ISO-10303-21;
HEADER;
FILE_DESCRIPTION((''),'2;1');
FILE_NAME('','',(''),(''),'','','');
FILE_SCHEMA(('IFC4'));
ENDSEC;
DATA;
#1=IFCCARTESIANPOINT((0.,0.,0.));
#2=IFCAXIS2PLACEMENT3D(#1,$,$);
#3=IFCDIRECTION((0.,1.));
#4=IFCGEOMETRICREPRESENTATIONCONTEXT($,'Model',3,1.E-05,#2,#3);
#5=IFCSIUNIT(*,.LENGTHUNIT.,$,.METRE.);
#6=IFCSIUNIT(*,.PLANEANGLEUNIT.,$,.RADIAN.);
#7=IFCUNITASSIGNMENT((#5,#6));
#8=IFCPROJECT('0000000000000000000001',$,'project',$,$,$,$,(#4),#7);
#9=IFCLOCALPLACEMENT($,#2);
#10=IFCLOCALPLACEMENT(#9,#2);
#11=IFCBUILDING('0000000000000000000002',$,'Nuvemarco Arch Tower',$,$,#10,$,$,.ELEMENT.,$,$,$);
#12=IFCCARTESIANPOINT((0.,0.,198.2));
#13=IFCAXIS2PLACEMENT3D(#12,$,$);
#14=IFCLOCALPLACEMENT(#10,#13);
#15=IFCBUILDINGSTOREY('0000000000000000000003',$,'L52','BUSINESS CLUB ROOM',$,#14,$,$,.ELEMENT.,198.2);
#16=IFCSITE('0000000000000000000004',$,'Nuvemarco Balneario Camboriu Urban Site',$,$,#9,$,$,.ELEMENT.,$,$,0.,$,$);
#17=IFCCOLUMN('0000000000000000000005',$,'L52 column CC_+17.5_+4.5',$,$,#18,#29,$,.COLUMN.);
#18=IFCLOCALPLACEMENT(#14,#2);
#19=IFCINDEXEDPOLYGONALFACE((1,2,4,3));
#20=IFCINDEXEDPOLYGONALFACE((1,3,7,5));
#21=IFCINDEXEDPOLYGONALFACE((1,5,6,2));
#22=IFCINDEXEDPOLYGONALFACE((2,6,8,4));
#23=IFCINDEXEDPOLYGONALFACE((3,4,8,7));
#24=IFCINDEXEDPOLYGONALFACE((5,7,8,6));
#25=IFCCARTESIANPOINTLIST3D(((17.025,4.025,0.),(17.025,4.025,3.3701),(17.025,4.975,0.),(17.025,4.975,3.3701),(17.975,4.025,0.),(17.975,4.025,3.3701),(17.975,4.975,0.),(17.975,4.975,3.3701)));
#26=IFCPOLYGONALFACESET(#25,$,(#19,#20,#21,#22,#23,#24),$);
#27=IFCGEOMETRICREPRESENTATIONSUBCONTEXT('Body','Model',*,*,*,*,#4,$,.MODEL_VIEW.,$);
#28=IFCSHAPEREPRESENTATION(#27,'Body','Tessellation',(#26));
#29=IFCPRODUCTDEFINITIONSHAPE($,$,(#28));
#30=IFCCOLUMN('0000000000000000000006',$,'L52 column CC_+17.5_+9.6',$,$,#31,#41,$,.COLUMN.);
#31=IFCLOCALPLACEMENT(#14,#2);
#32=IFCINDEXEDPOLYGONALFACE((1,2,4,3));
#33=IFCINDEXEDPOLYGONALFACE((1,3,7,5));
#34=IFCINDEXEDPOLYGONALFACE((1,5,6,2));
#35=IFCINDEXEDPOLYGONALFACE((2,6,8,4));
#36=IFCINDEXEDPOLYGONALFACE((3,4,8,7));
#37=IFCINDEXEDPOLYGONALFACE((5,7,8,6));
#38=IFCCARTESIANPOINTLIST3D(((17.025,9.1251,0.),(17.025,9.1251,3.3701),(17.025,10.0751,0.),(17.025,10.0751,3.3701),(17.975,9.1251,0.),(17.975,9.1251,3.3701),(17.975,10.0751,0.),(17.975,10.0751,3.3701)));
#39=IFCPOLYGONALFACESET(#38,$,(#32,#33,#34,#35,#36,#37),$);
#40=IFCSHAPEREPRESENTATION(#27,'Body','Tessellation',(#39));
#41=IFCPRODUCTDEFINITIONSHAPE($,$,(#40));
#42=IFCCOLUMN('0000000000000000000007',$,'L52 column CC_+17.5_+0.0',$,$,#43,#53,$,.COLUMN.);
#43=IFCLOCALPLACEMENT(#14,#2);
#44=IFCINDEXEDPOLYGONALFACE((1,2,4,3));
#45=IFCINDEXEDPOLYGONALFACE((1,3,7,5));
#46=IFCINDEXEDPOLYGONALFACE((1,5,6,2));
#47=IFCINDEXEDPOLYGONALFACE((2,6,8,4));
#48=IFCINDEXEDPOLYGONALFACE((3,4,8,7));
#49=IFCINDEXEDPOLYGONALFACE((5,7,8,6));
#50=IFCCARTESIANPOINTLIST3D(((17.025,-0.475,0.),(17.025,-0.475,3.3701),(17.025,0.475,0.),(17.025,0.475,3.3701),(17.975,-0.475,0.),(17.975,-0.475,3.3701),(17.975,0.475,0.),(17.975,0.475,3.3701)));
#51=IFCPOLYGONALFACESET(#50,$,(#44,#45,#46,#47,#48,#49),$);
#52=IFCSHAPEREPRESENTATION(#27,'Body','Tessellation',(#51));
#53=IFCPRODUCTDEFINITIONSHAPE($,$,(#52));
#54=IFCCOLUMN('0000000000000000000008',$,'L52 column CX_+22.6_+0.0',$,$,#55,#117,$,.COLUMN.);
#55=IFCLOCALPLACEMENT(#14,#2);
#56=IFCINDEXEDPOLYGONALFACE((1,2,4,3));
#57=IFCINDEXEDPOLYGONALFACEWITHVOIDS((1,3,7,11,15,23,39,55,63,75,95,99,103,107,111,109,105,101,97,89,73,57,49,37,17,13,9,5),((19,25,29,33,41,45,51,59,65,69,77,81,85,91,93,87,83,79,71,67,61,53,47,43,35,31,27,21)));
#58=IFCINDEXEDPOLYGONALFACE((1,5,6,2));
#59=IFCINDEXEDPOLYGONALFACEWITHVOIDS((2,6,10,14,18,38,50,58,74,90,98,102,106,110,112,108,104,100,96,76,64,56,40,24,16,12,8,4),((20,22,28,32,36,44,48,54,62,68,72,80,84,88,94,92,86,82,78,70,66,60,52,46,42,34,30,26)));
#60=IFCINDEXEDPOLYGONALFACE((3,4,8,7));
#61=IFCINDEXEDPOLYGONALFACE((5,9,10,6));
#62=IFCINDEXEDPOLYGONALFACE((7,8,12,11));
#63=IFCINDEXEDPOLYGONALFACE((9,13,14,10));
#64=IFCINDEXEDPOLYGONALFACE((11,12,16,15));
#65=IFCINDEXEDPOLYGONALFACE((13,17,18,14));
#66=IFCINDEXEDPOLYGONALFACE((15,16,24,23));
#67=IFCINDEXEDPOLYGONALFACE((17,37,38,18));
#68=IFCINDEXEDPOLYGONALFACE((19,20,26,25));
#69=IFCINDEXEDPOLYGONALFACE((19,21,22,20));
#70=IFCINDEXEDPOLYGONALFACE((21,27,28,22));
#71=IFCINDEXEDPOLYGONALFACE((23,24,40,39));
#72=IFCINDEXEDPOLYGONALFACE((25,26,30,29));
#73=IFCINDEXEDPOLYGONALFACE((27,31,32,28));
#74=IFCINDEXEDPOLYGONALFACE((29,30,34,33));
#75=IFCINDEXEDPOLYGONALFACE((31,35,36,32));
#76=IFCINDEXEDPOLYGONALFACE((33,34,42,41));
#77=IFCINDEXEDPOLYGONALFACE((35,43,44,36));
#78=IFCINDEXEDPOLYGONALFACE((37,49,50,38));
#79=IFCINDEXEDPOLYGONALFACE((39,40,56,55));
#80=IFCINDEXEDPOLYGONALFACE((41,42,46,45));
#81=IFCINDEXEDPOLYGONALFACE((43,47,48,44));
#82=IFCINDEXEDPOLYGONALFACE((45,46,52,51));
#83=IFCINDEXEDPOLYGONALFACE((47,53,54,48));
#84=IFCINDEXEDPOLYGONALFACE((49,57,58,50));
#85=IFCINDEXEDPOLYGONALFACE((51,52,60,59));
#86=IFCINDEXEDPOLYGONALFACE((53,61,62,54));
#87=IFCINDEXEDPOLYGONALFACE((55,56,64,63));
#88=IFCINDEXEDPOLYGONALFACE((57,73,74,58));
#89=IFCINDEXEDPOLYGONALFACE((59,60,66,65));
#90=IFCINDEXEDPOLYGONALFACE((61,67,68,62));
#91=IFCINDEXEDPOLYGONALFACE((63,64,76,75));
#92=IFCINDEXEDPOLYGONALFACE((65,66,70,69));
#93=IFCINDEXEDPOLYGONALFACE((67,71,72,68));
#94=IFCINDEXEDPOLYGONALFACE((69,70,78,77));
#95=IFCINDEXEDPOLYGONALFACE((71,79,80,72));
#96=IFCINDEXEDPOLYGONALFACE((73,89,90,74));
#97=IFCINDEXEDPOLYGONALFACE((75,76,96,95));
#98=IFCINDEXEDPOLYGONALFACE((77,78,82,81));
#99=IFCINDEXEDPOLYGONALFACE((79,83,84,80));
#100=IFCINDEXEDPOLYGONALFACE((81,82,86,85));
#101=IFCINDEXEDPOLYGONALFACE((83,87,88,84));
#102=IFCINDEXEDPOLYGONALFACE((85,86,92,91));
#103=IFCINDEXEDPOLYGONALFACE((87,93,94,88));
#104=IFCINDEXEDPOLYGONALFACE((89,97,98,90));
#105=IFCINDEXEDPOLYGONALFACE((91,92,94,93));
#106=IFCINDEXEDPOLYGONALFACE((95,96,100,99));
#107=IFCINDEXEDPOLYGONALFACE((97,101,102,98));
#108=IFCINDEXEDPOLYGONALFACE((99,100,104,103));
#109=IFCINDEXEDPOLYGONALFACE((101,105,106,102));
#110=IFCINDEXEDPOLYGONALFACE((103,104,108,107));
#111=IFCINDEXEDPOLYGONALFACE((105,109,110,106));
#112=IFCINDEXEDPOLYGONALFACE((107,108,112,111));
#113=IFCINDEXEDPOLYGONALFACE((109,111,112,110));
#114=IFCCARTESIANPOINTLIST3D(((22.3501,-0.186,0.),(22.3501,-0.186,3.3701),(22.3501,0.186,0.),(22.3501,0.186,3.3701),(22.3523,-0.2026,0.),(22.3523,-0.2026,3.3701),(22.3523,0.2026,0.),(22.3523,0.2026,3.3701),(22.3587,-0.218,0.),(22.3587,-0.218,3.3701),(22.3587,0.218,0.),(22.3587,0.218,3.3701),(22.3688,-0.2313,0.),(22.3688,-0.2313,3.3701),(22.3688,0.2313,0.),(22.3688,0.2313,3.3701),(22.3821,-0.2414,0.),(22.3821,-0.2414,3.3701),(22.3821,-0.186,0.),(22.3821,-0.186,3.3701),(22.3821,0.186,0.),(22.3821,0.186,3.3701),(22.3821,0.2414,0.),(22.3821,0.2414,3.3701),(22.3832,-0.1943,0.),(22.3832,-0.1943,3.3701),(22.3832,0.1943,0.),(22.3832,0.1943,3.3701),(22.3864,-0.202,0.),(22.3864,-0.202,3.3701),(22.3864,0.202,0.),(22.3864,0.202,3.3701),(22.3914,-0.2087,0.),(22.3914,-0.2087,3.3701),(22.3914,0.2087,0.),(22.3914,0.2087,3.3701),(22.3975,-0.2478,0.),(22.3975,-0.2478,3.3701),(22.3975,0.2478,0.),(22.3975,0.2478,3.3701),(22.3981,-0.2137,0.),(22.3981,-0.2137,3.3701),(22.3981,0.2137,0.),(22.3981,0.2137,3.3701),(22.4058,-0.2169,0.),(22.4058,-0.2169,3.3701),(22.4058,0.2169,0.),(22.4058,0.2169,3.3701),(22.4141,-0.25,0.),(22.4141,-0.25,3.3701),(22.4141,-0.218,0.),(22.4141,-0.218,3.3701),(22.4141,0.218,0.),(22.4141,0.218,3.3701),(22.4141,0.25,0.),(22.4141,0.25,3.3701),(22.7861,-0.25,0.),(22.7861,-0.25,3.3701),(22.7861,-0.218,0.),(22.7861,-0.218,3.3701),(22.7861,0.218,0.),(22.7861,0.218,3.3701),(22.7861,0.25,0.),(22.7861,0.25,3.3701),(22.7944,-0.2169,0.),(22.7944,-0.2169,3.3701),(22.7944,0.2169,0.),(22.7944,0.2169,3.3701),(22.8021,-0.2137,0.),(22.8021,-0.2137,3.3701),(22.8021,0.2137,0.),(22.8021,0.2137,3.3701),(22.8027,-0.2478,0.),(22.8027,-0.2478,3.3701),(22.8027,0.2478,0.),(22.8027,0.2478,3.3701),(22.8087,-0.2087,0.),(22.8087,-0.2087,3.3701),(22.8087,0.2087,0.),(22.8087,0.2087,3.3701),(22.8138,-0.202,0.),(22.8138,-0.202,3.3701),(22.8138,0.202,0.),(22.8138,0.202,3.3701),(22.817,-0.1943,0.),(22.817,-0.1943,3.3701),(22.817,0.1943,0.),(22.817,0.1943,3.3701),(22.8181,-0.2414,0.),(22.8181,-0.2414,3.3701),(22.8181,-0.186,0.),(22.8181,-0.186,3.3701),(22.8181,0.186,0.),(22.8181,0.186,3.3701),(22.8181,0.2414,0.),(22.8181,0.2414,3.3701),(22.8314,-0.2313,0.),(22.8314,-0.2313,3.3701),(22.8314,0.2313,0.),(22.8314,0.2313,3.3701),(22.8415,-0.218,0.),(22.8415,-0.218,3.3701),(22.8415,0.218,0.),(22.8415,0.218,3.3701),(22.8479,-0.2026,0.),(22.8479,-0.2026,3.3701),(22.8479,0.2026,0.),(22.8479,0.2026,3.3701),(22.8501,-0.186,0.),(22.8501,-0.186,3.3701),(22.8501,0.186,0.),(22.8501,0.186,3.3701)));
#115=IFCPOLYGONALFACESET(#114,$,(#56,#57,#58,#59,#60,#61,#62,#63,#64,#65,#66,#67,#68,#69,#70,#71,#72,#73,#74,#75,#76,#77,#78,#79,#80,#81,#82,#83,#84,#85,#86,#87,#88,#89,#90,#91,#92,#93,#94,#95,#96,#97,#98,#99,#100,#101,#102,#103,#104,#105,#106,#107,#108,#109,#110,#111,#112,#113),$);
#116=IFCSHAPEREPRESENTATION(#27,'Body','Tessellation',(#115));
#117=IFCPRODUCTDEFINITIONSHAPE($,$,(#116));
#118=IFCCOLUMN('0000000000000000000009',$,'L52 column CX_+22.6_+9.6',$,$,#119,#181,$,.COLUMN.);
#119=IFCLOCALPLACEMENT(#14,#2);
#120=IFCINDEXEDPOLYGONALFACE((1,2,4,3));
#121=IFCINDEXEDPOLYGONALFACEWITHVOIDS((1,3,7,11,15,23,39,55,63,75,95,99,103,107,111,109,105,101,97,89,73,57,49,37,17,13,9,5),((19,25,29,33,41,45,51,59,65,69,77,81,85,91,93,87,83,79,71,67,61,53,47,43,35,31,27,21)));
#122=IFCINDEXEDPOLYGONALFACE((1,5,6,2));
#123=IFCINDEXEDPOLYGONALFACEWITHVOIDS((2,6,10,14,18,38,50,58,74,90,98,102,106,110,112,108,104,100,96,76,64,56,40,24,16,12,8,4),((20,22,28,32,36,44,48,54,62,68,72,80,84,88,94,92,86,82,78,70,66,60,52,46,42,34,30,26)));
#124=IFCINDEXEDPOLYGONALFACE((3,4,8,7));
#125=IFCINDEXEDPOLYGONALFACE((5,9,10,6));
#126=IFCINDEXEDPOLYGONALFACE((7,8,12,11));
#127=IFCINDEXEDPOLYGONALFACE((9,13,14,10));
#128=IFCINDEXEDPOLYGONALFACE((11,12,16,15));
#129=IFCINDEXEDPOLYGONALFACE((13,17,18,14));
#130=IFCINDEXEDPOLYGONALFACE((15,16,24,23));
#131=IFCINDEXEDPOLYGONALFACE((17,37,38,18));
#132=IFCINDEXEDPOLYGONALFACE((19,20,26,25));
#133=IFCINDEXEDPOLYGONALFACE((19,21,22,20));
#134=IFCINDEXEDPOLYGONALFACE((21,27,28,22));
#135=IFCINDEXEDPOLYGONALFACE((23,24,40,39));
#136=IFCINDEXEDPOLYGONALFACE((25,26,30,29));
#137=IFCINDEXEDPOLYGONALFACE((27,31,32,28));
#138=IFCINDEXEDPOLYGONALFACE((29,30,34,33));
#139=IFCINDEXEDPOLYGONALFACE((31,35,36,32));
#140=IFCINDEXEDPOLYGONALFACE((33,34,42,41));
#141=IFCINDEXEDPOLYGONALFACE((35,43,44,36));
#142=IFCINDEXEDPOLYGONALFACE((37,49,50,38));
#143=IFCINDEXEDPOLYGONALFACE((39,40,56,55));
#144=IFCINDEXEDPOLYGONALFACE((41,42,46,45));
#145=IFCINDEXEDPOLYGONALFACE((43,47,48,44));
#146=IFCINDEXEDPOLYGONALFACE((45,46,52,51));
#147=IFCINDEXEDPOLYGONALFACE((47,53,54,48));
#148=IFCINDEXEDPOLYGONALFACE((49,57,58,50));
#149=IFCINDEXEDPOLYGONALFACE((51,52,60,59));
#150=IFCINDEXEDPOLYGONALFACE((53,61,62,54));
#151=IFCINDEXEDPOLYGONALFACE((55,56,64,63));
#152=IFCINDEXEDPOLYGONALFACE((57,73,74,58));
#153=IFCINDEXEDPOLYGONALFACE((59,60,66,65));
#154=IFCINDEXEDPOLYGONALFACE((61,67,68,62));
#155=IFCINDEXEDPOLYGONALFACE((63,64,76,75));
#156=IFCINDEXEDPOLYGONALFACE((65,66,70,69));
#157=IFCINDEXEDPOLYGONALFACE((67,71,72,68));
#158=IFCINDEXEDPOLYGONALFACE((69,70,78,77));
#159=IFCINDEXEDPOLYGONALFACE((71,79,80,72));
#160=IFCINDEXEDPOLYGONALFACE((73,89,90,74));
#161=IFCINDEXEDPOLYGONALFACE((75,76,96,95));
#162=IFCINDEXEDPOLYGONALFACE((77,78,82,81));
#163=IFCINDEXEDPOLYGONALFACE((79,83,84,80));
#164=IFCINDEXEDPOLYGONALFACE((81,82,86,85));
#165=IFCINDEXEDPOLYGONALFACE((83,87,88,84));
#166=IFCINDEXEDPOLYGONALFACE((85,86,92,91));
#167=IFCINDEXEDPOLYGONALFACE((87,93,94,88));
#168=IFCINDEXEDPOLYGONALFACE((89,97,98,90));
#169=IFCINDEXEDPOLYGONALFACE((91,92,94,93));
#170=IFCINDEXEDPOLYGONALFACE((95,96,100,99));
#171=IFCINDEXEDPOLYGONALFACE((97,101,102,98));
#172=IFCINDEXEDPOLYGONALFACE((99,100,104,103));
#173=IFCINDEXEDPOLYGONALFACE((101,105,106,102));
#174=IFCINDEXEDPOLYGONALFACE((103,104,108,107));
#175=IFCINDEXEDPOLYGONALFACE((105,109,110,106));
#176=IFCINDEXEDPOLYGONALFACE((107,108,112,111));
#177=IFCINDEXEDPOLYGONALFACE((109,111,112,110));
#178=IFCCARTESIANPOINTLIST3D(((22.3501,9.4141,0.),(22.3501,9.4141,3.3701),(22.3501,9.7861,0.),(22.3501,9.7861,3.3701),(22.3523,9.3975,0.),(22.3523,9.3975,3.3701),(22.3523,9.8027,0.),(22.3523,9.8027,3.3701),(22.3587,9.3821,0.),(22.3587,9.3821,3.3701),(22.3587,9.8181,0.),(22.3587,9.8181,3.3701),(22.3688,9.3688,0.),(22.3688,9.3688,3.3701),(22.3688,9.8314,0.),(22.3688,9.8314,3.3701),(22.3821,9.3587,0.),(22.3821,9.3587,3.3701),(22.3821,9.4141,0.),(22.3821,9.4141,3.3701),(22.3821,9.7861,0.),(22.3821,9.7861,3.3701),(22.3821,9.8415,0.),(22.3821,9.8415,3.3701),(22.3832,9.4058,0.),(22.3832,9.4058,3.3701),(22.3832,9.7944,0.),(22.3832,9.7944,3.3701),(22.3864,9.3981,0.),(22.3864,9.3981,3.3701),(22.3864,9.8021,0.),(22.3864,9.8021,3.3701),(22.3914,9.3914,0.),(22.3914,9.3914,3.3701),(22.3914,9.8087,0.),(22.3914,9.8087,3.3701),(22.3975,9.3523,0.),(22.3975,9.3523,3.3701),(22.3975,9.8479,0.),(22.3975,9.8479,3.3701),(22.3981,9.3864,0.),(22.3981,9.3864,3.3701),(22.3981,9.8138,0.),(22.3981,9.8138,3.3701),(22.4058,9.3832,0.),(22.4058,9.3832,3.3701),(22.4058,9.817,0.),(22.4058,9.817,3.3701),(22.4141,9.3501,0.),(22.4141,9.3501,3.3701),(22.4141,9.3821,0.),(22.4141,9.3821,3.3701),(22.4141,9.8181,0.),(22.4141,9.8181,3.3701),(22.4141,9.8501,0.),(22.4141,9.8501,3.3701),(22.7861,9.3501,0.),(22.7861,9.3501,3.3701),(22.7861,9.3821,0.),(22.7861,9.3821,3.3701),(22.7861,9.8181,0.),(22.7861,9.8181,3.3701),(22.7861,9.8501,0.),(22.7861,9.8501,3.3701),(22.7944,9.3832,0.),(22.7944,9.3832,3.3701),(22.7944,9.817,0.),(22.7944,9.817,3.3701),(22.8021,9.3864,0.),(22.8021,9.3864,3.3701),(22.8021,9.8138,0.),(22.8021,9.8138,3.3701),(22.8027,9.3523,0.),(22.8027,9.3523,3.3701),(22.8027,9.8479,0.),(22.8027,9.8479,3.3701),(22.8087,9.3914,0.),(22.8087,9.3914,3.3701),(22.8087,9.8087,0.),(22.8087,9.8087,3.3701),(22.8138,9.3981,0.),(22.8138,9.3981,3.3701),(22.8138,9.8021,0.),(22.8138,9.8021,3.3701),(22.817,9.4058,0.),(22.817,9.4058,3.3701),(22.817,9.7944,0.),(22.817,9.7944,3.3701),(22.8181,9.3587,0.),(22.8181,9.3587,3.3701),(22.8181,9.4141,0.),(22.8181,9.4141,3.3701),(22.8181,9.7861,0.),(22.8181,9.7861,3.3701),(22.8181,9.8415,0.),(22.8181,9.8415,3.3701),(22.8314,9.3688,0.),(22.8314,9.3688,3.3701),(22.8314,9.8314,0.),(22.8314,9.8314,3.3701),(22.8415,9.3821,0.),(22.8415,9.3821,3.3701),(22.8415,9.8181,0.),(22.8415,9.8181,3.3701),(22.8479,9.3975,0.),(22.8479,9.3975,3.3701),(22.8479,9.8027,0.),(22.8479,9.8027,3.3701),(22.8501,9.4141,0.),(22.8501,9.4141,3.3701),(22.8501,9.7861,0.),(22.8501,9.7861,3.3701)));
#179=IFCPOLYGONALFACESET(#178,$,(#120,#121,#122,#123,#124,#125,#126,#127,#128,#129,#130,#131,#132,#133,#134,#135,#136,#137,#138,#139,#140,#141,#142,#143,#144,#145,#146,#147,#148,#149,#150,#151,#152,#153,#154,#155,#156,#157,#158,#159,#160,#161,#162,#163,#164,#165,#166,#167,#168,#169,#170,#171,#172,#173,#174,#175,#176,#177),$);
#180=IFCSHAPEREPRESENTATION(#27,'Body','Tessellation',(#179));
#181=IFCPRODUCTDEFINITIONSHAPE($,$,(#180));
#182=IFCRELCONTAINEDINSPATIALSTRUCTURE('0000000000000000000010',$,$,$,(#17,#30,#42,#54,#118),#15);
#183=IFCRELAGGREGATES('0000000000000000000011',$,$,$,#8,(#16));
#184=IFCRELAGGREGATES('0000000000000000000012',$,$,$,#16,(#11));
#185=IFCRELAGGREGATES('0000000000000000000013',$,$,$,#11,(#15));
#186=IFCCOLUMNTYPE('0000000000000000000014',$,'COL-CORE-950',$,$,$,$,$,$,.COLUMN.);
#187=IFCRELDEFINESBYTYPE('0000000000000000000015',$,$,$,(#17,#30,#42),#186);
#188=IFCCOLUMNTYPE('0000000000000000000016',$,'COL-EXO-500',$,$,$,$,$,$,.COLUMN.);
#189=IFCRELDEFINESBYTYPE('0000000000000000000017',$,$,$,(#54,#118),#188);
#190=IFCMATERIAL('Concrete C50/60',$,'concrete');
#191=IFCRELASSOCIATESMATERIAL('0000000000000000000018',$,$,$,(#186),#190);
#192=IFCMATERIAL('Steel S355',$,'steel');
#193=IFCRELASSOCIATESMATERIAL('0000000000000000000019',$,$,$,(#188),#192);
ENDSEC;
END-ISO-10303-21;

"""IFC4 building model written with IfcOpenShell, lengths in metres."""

from ifc_helpers import new_model, si_unit, direction, frame, origin, origin_2d, place, context, subcontext, project, spatial, rectangle, hollow_rectangle, extrude, material, material_profile, profile_set, type_object, element, save


model = new_model("IFC4")

# Units and contexts
model_context = context("Model", 3, precision=1e-05, world=origin(), true_north=direction((0.0, 1.0)))
body_context = subcontext(model_context, "Body", "Model", "MODEL_VIEW")
ifc_project = project(units=[si_unit("LENGTHUNIT", "METRE"), si_unit("PLANEANGLEUNIT", "RADIAN")], contexts=[model_context])

# Site, building, storey
site_placement = place(None, origin())
site = spatial("IfcSite", under=ifc_project, at=site_placement, Name="Nuvemarco Balneario Camboriu Urban Site", CompositionType="ELEMENT", RefElevation=0.0)
building_placement = place(site_placement, origin())
building = spatial("IfcBuilding", under=site, at=building_placement, Name="Nuvemarco Arch Tower", CompositionType="ELEMENT")
storey_placement = place(building_placement, frame((0.0, 0.0, 198.2)))
storey = spatial("IfcBuildingStorey", under=building, at=storey_placement, Name="L52", Description="BUSINESS CLUB ROOM", CompositionType="ELEMENT", Elevation=198.2)

# Columns
ifc_material_1 = material(Name="Concrete C50/60", Category="concrete")
ifc_material_profile_1 = material_profile(ifc_material_1, rectangle(XDim=0.95, YDim=0.95, at=origin_2d()), Name="RC-COL-950x950")
ifc_profile_set_1 = profile_set([ifc_material_profile_1], Name="Concrete C50/60")
column_type_1 = type_object("IfcColumnType", Name="COL-CORE-950", PredefinedType="COLUMN", material=ifc_profile_set_1)
for number, where, z_axis, x_axis, name in (
    (1, (17.5, 4.5, 0.0), (0.0, 0.0, 1.0), (1.0, 0.0, 0.0), "L52 column CC_+17.5_+4.5"),
    (2, (17.5, 9.6001, 0.0), (0.0, 0.0, 1.0), (1.0, 0.0, 0.0), "L52 column CC_+17.5_+9.6"),
    (3, (17.5, 0.0, 0.0), (0.0, 0.0, 1.0), (1.0, 0.0, 0.0), "L52 column CC_+17.5_+0.0"),
):
    element("IfcColumn", number, at=place(storey_placement, frame(where, z_axis=z_axis, x_axis=x_axis)), inside=storey, type_object=column_type_1, Name=name, PredefinedType="COLUMN", context=body_context, shape_type="SweptSolid", body=[
        extrude(rectangle(XDim=0.95, YDim=0.95, at=origin_2d()), origin(), (0.0, 0.0, 1.0), 3.3701),
    ])
ifc_material_2 = material(Name="Steel S355", Category="steel")
ifc_material_profile_2 = material_profile(ifc_material_2, hollow_rectangle(XDim=0.5, YDim=0.5, WallThickness=0.032, InnerFilletRadius=0.032, OuterFilletRadius=0.064, at=origin_2d()), Name="SHS500x500x32")
ifc_profile_set_2 = profile_set([ifc_material_profile_2], Name="Steel S355")
column_type_2 = type_object("IfcColumnType", Name="COL-EXO-500", PredefinedType="COLUMN", material=ifc_profile_set_2)
for number, where, z_axis, x_axis, name in (
    (4, (22.6001, 0.0, 0.0), (0.0, 0.0, 1.0), (1.0, 0.0, 0.0), "L52 column CX_+22.6_+0.0"),
    (5, (22.6001, 9.6001, 0.0), (0.0, 0.0, 1.0), (1.0, 0.0, 0.0), "L52 column CX_+22.6_+9.6"),
):
    element("IfcColumn", number, at=place(storey_placement, frame(where, z_axis=z_axis, x_axis=x_axis)), inside=storey, type_object=column_type_2, Name=name, PredefinedType="COLUMN", context=body_context, shape_type="SweptSolid", body=[
        extrude(hollow_rectangle(XDim=0.5, YDim=0.5, WallThickness=0.032, InnerFilletRadius=0.032, OuterFilletRadius=0.064, at=origin_2d()), origin(), (0.0, 0.0, 1.0), 3.3701),
    ])

save(model, "model.ifc")
